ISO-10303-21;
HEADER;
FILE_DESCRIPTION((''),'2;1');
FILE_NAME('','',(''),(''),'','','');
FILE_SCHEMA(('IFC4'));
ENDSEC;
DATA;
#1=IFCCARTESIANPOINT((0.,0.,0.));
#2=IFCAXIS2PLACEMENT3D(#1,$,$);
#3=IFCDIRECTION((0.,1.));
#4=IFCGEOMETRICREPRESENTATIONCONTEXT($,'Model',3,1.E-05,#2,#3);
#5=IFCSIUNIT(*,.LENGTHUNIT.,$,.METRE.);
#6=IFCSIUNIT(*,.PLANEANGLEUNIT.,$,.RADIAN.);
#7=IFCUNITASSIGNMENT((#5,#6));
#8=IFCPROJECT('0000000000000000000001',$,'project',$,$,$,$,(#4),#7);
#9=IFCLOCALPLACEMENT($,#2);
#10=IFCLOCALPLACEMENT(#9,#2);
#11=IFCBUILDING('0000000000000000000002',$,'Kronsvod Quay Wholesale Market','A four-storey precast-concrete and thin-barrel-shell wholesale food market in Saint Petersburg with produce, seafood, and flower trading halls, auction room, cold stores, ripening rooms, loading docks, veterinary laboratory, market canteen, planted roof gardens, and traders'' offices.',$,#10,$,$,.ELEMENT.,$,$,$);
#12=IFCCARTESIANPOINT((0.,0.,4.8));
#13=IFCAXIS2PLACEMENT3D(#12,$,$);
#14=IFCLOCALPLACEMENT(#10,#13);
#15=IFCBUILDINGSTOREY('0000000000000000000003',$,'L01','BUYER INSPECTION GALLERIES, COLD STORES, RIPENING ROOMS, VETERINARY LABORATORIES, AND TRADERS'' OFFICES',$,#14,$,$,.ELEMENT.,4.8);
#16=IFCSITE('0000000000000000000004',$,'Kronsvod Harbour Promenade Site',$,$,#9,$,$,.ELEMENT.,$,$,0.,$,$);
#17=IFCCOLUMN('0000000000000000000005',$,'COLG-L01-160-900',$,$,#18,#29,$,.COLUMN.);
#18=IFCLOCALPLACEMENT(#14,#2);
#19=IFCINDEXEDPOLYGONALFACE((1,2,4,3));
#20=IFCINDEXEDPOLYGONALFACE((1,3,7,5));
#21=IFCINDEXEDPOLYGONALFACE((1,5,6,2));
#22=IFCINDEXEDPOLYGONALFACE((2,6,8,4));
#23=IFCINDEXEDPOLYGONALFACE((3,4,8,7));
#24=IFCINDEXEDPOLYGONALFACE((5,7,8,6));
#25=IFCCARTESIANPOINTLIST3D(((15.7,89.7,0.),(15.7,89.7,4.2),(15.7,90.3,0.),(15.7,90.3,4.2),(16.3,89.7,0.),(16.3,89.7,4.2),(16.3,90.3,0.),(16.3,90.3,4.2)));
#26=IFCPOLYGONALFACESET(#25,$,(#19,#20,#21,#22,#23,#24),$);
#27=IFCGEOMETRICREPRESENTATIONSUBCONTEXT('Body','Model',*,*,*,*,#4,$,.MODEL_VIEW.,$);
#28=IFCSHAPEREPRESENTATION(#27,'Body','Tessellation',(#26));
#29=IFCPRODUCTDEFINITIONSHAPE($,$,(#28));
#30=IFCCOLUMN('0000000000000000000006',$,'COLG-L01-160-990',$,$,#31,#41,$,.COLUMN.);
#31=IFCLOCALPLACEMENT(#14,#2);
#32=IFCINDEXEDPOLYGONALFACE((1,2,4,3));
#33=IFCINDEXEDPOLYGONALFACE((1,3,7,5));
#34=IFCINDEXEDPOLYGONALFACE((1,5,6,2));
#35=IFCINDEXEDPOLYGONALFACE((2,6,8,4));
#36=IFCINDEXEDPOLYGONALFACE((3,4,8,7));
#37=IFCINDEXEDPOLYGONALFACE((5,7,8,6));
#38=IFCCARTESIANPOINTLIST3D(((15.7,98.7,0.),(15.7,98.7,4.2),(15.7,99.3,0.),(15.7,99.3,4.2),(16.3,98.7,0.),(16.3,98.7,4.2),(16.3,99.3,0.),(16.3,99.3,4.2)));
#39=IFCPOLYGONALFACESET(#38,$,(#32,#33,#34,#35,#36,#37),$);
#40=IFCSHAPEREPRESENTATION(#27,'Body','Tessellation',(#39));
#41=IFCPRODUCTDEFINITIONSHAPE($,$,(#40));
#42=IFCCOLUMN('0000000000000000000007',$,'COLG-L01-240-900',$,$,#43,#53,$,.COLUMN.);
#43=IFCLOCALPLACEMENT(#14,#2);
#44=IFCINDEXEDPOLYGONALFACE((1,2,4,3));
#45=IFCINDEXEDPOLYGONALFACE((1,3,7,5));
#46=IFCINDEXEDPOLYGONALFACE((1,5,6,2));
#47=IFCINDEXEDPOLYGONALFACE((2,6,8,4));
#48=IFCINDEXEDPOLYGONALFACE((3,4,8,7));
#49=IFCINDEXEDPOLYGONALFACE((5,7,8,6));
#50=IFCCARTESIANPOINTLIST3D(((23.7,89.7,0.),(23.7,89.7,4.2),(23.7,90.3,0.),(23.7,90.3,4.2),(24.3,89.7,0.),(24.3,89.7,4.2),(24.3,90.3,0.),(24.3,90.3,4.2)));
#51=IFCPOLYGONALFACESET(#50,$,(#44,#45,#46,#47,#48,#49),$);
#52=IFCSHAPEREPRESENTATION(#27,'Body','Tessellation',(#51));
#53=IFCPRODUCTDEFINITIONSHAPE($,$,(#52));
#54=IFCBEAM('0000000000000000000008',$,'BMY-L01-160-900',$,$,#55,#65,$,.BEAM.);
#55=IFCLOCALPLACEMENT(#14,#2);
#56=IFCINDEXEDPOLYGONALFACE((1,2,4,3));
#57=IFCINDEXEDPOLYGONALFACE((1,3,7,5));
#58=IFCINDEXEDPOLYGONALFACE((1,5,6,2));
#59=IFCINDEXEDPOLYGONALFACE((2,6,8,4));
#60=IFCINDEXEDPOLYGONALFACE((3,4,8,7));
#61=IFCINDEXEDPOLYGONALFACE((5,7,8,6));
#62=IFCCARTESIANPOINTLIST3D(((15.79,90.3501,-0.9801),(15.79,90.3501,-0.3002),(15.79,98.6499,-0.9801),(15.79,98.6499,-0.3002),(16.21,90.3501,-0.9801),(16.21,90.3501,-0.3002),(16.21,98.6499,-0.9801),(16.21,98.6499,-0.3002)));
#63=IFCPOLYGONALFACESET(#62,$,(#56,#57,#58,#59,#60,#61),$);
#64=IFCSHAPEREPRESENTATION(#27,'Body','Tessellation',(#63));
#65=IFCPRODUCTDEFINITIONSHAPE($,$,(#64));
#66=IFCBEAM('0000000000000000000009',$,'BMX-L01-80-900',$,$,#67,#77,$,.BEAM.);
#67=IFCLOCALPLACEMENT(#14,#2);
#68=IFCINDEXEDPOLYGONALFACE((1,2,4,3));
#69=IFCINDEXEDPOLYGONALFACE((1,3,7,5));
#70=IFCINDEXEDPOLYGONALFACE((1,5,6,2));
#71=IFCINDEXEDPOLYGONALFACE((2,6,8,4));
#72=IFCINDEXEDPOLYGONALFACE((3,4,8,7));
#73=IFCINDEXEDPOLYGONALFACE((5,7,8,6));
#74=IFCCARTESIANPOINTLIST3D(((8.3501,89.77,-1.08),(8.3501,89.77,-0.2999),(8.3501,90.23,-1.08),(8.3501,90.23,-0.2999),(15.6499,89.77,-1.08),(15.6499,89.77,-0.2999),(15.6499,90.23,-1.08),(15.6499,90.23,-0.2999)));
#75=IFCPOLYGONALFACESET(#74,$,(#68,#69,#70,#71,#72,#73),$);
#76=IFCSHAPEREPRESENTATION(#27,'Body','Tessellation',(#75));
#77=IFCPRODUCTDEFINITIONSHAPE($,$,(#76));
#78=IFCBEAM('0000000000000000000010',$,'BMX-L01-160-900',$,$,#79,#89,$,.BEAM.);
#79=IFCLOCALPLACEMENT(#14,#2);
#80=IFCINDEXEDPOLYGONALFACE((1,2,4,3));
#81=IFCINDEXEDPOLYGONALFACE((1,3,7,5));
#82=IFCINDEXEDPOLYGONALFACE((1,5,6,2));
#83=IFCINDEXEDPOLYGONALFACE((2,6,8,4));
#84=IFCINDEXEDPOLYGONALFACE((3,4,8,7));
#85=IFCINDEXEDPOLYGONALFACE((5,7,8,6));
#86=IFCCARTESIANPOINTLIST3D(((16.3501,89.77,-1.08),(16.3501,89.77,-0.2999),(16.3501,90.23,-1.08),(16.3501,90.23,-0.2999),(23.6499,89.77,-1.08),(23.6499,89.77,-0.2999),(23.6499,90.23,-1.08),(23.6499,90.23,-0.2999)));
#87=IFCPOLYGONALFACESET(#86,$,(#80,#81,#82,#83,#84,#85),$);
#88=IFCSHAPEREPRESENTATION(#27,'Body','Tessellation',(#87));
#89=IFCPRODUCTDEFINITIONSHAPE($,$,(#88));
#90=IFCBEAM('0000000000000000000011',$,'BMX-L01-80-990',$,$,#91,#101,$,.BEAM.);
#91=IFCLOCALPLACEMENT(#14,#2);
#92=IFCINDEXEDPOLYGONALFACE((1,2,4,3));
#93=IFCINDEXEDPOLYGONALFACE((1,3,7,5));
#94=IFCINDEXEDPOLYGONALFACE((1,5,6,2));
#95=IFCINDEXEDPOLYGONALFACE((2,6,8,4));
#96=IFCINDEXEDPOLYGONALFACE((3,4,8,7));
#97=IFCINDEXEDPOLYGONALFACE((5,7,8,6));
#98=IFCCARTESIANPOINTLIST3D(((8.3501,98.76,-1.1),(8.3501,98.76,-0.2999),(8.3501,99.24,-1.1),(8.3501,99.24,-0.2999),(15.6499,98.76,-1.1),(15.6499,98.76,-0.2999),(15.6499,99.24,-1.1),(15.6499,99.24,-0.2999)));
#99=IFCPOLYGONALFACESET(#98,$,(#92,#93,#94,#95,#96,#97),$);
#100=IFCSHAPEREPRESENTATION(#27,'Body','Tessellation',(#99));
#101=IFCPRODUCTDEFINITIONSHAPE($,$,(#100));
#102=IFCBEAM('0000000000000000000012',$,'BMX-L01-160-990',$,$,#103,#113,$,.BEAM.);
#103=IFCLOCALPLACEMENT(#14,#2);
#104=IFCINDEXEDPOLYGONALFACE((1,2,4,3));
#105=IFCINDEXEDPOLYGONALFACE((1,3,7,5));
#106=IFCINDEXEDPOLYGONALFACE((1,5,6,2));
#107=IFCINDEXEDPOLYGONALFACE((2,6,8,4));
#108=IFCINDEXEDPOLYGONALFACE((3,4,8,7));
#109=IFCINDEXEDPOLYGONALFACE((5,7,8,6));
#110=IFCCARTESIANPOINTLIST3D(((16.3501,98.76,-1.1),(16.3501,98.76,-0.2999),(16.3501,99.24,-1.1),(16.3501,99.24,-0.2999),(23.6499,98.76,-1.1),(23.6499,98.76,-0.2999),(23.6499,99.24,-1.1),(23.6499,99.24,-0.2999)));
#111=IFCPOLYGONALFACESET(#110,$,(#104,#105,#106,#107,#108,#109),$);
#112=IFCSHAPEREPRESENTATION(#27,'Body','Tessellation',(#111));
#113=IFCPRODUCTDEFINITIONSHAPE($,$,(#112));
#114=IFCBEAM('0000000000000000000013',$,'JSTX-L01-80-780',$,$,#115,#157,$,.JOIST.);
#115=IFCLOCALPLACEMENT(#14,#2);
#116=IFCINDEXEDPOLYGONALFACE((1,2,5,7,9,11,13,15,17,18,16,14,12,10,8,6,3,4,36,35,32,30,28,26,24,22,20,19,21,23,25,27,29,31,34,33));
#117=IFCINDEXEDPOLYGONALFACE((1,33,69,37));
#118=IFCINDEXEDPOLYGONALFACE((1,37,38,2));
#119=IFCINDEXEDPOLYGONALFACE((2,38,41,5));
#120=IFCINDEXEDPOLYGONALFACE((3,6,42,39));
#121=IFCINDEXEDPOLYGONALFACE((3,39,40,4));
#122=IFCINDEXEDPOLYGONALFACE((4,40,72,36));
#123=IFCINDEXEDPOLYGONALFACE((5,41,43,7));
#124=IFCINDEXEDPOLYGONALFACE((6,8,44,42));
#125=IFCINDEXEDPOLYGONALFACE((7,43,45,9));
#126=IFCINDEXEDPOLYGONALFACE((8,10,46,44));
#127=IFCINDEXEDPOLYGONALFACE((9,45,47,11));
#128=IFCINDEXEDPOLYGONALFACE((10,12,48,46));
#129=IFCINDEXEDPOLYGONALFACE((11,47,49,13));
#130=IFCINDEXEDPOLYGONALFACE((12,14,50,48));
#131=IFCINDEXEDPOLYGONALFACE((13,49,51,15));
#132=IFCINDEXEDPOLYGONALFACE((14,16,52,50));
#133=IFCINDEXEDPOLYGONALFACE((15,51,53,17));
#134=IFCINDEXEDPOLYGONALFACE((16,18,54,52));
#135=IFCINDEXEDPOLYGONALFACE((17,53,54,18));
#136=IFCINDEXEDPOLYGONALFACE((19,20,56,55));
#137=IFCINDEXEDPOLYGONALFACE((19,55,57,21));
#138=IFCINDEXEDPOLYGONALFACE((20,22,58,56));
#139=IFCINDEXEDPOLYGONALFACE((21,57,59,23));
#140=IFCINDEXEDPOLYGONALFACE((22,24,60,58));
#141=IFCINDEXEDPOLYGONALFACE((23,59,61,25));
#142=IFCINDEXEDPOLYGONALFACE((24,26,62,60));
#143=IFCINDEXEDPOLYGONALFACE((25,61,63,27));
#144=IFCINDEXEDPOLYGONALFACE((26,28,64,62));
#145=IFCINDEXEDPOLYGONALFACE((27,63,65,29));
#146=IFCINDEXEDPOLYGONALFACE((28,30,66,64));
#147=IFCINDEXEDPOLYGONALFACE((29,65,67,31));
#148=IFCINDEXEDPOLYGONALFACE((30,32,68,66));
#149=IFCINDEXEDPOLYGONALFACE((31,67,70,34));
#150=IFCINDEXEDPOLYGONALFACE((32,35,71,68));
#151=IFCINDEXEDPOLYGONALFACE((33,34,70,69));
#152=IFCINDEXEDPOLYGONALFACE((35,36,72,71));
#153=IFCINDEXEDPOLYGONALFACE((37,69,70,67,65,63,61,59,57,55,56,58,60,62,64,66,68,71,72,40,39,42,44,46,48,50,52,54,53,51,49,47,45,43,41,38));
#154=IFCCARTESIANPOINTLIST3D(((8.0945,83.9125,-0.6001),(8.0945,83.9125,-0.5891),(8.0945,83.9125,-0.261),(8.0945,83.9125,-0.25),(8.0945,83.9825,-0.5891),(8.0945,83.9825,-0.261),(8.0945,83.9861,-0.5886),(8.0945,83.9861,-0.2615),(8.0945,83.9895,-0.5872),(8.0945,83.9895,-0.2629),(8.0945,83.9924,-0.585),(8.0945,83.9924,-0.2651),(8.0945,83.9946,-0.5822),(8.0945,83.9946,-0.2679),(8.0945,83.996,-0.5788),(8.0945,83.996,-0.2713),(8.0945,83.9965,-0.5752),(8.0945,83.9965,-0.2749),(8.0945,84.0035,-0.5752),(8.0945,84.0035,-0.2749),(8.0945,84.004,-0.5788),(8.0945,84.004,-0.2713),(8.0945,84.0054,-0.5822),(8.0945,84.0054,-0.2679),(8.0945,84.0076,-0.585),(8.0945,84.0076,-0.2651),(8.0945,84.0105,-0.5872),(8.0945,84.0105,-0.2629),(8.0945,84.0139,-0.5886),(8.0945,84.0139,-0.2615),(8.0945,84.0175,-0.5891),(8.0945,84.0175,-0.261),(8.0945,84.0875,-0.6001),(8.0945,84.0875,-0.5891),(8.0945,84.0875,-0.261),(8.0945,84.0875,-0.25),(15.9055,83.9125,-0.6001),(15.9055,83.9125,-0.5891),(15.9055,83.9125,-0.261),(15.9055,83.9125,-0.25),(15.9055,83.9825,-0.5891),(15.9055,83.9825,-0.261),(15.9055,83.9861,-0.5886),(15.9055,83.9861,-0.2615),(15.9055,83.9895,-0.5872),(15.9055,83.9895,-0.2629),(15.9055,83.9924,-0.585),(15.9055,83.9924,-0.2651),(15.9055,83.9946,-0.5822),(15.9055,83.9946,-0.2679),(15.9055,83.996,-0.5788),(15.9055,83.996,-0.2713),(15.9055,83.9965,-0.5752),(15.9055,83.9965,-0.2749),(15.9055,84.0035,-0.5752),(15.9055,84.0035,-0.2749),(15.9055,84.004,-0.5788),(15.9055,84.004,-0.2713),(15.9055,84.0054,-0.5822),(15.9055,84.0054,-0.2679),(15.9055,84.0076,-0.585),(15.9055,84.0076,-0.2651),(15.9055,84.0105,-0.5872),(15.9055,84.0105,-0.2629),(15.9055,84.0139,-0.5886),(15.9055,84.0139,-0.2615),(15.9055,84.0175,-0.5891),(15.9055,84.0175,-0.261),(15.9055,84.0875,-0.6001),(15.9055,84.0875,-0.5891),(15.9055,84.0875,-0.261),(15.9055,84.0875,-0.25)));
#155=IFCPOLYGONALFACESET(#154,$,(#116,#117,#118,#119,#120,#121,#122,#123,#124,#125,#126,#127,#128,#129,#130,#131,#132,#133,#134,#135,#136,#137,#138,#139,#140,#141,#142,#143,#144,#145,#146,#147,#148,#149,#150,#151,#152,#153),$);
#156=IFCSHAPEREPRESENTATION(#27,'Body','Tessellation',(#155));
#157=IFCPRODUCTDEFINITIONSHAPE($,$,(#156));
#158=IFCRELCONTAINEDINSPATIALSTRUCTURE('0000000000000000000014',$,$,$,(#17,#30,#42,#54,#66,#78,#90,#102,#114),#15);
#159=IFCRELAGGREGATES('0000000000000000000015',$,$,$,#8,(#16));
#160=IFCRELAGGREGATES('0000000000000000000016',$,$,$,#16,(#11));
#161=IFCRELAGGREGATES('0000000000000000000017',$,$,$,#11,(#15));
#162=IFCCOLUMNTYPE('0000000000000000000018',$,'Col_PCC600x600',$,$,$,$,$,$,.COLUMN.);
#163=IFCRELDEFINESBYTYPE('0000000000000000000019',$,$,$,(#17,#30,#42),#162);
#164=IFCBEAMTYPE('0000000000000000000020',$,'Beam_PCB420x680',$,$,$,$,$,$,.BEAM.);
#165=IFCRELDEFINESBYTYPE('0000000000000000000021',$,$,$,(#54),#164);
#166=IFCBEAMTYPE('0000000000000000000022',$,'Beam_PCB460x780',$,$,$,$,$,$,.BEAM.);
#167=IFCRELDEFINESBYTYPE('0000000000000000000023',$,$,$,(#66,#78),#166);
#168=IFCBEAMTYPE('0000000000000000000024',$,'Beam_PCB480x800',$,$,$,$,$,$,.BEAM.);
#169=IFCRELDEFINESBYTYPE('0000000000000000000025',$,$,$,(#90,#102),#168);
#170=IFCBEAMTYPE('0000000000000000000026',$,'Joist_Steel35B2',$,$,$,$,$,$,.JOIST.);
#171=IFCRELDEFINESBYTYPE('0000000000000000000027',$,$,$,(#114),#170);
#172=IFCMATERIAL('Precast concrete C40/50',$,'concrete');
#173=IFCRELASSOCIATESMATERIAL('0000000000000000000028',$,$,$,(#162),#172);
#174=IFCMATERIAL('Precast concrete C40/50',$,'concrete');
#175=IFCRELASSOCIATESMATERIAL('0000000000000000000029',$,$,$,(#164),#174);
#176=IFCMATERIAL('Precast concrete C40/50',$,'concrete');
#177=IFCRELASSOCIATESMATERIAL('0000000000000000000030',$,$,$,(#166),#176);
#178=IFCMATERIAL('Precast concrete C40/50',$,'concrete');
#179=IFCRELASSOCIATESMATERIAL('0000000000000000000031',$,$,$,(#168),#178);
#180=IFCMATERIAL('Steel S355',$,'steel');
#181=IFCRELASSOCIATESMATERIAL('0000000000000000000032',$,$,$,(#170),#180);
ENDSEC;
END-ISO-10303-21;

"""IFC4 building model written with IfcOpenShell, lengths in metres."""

from ifc_helpers import new_model, si_unit, direction, frame, origin, origin_2d, place, context, subcontext, project, spatial, rectangle, i_section, extrude, material, material_profile, profile_set, type_object, element, save


model = new_model("IFC4")

# Units and contexts
model_context = context("Model", 3, precision=1e-05, world=origin(), true_north=direction((0.0, 1.0)))
body_context = subcontext(model_context, "Body", "Model", "MODEL_VIEW")
ifc_project = project(units=[si_unit("LENGTHUNIT", "METRE"), si_unit("PLANEANGLEUNIT", "RADIAN")], contexts=[model_context])

# Site, building, storey
site_placement = place(None, origin())
site = spatial("IfcSite", under=ifc_project, at=site_placement, Name="Kronsvod Harbour Promenade Site", CompositionType="ELEMENT", RefElevation=0.0)
building_placement = place(site_placement, origin())
building = spatial("IfcBuilding", under=site, at=building_placement, Name="Kronsvod Quay Wholesale Market", Description="A four-storey precast-concrete and thin-barrel-shell wholesale food market in Saint Petersburg with produce, seafood, and flower trading halls, auction room, cold stores, ripening rooms, loading docks, veterinary laboratory, market canteen, planted roof gardens, and traders' offices.", CompositionType="ELEMENT")
storey_placement = place(building_placement, frame((0.0, 0.0, 4.8)))
storey = spatial("IfcBuildingStorey", under=building, at=storey_placement, Name="L01", Description="BUYER INSPECTION GALLERIES, COLD STORES, RIPENING ROOMS, VETERINARY LABORATORIES, AND TRADERS' OFFICES", CompositionType="ELEMENT", Elevation=4.8)

# Columns
ifc_material_1 = material(Name="Precast concrete C40/50", Category="concrete")
ifc_material_profile_1 = material_profile(ifc_material_1, rectangle(XDim=0.6001, YDim=0.6001, at=origin_2d()), Name="PCC600x600")
ifc_profile_set_1 = profile_set([ifc_material_profile_1], Name="Precast concrete C40/50")
column_type = type_object("IfcColumnType", Name="Col_PCC600x600", PredefinedType="COLUMN", material=ifc_profile_set_1)
for number, where, z_axis, x_axis, name in (
    (1, (16.0, 90.0, 0.0), (0.0, 0.0, 1.0), (1.0, 0.0, 0.0), "COLG-L01-160-900"),
    (2, (16.0, 99.0, 0.0), (0.0, 0.0, 1.0), (1.0, 0.0, 0.0), "COLG-L01-160-990"),
    (3, (24.0, 90.0, 0.0), (0.0, 0.0, 1.0), (1.0, 0.0, 0.0), "COLG-L01-240-900"),
):
    element("IfcColumn", number, at=place(storey_placement, frame(where, z_axis=z_axis, x_axis=x_axis)), inside=storey, type_object=column_type, Name=name, PredefinedType="COLUMN", context=body_context, shape_type="SweptSolid", body=[
        extrude(rectangle(XDim=0.6001, YDim=0.6001, at=origin_2d()), origin(), (0.0, 0.0, 1.0), 4.2),
    ])

# Beams
ifc_material_2 = material(Name="Precast concrete C40/50", Category="concrete")
ifc_material_profile_2 = material_profile(ifc_material_2, rectangle(XDim=0.4199, YDim=0.6799, at=origin_2d()), Name="PB-05")
ifc_profile_set_2 = profile_set([ifc_material_profile_2], Name="Precast concrete C40/50")
beam_type_1 = type_object("IfcBeamType", Name="Beam_PCB420x680", PredefinedType="BEAM", material=ifc_profile_set_2)
beam_1_placement = place(storey_placement, frame((16.0, 90.3501, -0.6401), z_axis=(0.0, 1.0, 0.0), x_axis=(-1.0, 0.0, 0.0)))
element("IfcBeam", 4, at=beam_1_placement, inside=storey, type_object=beam_type_1, Name="BMY-L01-160-900", PredefinedType="BEAM", context=body_context, shape_type="SweptSolid", body=[
    extrude(rectangle(XDim=0.4199, YDim=0.6799, at=origin_2d()), origin(), (0.0, 0.0, 1.0), 8.2998),
])
ifc_material_3 = material(Name="Precast concrete C40/50", Category="concrete")
ifc_material_profile_3 = material_profile(ifc_material_3, rectangle(XDim=0.46, YDim=0.78, at=origin_2d()), Name="PB-03")
ifc_profile_set_3 = profile_set([ifc_material_profile_3], Name="Precast concrete C40/50")
beam_type_2 = type_object("IfcBeamType", Name="Beam_PCB460x780", PredefinedType="BEAM", material=ifc_profile_set_3)
for number, where, z_axis, x_axis, name in (
    (5, (8.3501, 90.0, -0.6899), (1.0, 0.0, 0.0), (0.0, 1.0, 0.0), "BMX-L01-80-900"),
    (6, (16.3501, 90.0, -0.6899), (1.0, 0.0, 0.0), (0.0, 1.0, 0.0), "BMX-L01-160-900"),
):
    element("IfcBeam", number, at=place(storey_placement, frame(where, z_axis=z_axis, x_axis=x_axis)), inside=storey, type_object=beam_type_2, Name=name, PredefinedType="BEAM", context=body_context, shape_type="SweptSolid", body=[
        extrude(rectangle(XDim=0.46, YDim=0.78, at=origin_2d()), origin(), (0.0, 0.0, 1.0), 7.2998),
    ])
ifc_material_4 = material(Name="Precast concrete C40/50", Category="concrete")
ifc_material_profile_4 = material_profile(ifc_material_4, rectangle(XDim=0.48, YDim=0.8, at=origin_2d()), Name="PB-04")
ifc_profile_set_4 = profile_set([ifc_material_profile_4], Name="Precast concrete C40/50")
beam_type_3 = type_object("IfcBeamType", Name="Beam_PCB480x800", PredefinedType="BEAM", material=ifc_profile_set_4)
for number, where, z_axis, x_axis, name in (
    (7, (8.3501, 99.0, -0.7), (1.0, 0.0, 0.0), (0.0, 1.0, 0.0), "BMX-L01-80-990"),
    (8, (16.3501, 99.0, -0.7), (1.0, 0.0, 0.0), (0.0, 1.0, 0.0), "BMX-L01-160-990"),
):
    element("IfcBeam", number, at=place(storey_placement, frame(where, z_axis=z_axis, x_axis=x_axis)), inside=storey, type_object=beam_type_3, Name=name, PredefinedType="BEAM", context=body_context, shape_type="SweptSolid", body=[
        extrude(rectangle(XDim=0.48, YDim=0.8, at=origin_2d()), origin(), (0.0, 0.0, 1.0), 7.2998),
    ])
ifc_material_5 = material(Name="Steel S355", Category="steel")
ifc_material_profile_5 = material_profile(ifc_material_5, i_section(OverallWidth=0.175, OverallDepth=0.3501, WebThickness=0.0071, FlangeThickness=0.011, FilletRadius=0.0139, at=origin_2d()), Name="35B2")
ifc_profile_set_5 = profile_set([ifc_material_profile_5], Name="Steel S355")
beam_type_4 = type_object("IfcBeamType", Name="Joist_Steel35B2", PredefinedType="JOIST", material=ifc_profile_set_5)
beam_2_placement = place(storey_placement, frame((8.0945, 84.0, -0.425), z_axis=(1.0, 0.0, 0.0), x_axis=(0.0, 1.0, 0.0)))
element("IfcBeam", 9, at=beam_2_placement, inside=storey, type_object=beam_type_4, Name="JSTX-L01-80-780", PredefinedType="JOIST", context=body_context, shape_type="SweptSolid", body=[
    extrude(i_section(OverallWidth=0.175, OverallDepth=0.3501, WebThickness=0.0071, FlangeThickness=0.011, FilletRadius=0.0139, at=origin_2d()), origin(), (0.0, 0.0, 1.0), 7.811),
])

save(model, "model.ifc")
